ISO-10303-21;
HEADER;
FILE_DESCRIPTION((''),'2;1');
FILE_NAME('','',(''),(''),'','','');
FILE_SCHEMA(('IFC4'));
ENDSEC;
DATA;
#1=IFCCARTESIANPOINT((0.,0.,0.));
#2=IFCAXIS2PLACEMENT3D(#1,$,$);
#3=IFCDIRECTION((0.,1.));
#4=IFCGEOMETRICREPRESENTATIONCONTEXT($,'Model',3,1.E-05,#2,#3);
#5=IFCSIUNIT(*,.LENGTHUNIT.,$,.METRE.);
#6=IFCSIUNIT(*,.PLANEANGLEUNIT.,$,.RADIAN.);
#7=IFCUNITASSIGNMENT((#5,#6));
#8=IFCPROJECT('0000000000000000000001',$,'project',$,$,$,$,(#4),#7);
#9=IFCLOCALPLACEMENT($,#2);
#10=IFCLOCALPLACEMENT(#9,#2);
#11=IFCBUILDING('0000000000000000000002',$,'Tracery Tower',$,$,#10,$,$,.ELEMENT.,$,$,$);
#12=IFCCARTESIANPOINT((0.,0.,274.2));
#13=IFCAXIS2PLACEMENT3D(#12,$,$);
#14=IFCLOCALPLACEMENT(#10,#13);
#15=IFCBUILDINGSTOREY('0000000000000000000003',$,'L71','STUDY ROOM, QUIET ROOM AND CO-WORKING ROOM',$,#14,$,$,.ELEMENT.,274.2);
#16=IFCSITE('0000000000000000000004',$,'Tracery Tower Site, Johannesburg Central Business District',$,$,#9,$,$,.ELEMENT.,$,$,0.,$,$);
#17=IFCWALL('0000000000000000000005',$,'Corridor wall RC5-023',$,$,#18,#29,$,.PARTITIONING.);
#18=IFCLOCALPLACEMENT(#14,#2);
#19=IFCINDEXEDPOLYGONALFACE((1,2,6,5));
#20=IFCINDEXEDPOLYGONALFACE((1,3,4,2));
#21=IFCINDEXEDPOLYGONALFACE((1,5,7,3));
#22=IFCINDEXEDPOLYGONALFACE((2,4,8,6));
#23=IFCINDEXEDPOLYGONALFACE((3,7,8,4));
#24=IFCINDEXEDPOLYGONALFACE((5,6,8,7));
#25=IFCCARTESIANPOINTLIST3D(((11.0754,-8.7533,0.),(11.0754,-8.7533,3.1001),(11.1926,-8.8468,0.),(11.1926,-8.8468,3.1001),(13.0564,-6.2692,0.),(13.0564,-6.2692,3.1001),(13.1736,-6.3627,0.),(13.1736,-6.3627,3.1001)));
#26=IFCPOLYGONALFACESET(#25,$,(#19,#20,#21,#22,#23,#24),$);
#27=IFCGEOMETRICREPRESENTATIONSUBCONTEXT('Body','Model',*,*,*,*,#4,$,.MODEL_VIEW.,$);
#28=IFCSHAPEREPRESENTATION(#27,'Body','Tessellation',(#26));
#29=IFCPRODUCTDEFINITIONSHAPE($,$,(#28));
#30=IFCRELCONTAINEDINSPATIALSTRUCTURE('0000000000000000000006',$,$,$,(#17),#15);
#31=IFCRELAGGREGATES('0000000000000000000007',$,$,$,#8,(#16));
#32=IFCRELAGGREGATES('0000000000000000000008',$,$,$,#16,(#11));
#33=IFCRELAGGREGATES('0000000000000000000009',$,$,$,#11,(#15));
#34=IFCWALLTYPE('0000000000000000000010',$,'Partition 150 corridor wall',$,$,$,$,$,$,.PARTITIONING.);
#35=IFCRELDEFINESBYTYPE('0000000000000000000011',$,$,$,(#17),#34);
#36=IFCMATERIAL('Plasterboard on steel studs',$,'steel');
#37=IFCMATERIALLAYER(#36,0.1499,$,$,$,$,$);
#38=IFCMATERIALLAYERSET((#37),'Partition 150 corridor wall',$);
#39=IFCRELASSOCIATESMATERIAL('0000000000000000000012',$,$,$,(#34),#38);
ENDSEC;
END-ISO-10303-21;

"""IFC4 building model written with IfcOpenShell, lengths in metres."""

from ifc_helpers import new_model, si_unit, direction, frame, frame_2d, origin, place, context, subcontext, project, spatial, rectangle, extrude, material, layer, layer_set, type_object, element, save


model = new_model("IFC4")

# Units and contexts
model_context = context("Model", 3, precision=1e-05, world=origin(), true_north=direction((0.0, 1.0)))
body_context = subcontext(model_context, "Body", "Model", "MODEL_VIEW")
ifc_project = project(units=[si_unit("LENGTHUNIT", "METRE"), si_unit("PLANEANGLEUNIT", "RADIAN")], contexts=[model_context])

# Site, building, storey
site_placement = place(None, origin())
site = spatial("IfcSite", under=ifc_project, at=site_placement, Name="Tracery Tower Site, Johannesburg Central Business District", CompositionType="ELEMENT", RefElevation=0.0)
building_placement = place(site_placement, origin())
building = spatial("IfcBuilding", under=site, at=building_placement, Name="Tracery Tower", CompositionType="ELEMENT")
storey_placement = place(building_placement, frame((0.0, 0.0, 274.2)))
storey = spatial("IfcBuildingStorey", under=building, at=storey_placement, Name="L71", Description="STUDY ROOM, QUIET ROOM AND CO-WORKING ROOM", CompositionType="ELEMENT", Elevation=274.2)

# Shared definitions
ifc_material_1 = material(Name="Plasterboard on steel studs", Category="steel")
ifc_layer_1 = layer(ifc_material_1, 0.1499)
ifc_layer_set_1 = layer_set([ifc_layer_1], Name="Partition 150 corridor wall")
wall_type_1 = type_object("IfcWallType", Name="Partition 150 corridor wall", PredefinedType="PARTITIONING", material=ifc_layer_set_1)

# Wall
wall_1_placement = place(storey_placement, frame((11.134, -8.8, 0.0), z_axis=(0.0, 0.0, 1.0), x_axis=(0.623476, 0.781842, 0.0)))
element("IfcWall", 1, at=wall_1_placement, inside=storey, type_object=wall_type_1, Name="Corridor wall RC5-023", PredefinedType="PARTITIONING", context=body_context, shape_type="SweptSolid", body=[
    extrude(rectangle(XDim=3.1772, YDim=0.1499, at=frame_2d((1.5886, 0.0))), origin(), (0.0, 0.0, 1.0), 3.1001),
])

save(model, "model.ifc")
